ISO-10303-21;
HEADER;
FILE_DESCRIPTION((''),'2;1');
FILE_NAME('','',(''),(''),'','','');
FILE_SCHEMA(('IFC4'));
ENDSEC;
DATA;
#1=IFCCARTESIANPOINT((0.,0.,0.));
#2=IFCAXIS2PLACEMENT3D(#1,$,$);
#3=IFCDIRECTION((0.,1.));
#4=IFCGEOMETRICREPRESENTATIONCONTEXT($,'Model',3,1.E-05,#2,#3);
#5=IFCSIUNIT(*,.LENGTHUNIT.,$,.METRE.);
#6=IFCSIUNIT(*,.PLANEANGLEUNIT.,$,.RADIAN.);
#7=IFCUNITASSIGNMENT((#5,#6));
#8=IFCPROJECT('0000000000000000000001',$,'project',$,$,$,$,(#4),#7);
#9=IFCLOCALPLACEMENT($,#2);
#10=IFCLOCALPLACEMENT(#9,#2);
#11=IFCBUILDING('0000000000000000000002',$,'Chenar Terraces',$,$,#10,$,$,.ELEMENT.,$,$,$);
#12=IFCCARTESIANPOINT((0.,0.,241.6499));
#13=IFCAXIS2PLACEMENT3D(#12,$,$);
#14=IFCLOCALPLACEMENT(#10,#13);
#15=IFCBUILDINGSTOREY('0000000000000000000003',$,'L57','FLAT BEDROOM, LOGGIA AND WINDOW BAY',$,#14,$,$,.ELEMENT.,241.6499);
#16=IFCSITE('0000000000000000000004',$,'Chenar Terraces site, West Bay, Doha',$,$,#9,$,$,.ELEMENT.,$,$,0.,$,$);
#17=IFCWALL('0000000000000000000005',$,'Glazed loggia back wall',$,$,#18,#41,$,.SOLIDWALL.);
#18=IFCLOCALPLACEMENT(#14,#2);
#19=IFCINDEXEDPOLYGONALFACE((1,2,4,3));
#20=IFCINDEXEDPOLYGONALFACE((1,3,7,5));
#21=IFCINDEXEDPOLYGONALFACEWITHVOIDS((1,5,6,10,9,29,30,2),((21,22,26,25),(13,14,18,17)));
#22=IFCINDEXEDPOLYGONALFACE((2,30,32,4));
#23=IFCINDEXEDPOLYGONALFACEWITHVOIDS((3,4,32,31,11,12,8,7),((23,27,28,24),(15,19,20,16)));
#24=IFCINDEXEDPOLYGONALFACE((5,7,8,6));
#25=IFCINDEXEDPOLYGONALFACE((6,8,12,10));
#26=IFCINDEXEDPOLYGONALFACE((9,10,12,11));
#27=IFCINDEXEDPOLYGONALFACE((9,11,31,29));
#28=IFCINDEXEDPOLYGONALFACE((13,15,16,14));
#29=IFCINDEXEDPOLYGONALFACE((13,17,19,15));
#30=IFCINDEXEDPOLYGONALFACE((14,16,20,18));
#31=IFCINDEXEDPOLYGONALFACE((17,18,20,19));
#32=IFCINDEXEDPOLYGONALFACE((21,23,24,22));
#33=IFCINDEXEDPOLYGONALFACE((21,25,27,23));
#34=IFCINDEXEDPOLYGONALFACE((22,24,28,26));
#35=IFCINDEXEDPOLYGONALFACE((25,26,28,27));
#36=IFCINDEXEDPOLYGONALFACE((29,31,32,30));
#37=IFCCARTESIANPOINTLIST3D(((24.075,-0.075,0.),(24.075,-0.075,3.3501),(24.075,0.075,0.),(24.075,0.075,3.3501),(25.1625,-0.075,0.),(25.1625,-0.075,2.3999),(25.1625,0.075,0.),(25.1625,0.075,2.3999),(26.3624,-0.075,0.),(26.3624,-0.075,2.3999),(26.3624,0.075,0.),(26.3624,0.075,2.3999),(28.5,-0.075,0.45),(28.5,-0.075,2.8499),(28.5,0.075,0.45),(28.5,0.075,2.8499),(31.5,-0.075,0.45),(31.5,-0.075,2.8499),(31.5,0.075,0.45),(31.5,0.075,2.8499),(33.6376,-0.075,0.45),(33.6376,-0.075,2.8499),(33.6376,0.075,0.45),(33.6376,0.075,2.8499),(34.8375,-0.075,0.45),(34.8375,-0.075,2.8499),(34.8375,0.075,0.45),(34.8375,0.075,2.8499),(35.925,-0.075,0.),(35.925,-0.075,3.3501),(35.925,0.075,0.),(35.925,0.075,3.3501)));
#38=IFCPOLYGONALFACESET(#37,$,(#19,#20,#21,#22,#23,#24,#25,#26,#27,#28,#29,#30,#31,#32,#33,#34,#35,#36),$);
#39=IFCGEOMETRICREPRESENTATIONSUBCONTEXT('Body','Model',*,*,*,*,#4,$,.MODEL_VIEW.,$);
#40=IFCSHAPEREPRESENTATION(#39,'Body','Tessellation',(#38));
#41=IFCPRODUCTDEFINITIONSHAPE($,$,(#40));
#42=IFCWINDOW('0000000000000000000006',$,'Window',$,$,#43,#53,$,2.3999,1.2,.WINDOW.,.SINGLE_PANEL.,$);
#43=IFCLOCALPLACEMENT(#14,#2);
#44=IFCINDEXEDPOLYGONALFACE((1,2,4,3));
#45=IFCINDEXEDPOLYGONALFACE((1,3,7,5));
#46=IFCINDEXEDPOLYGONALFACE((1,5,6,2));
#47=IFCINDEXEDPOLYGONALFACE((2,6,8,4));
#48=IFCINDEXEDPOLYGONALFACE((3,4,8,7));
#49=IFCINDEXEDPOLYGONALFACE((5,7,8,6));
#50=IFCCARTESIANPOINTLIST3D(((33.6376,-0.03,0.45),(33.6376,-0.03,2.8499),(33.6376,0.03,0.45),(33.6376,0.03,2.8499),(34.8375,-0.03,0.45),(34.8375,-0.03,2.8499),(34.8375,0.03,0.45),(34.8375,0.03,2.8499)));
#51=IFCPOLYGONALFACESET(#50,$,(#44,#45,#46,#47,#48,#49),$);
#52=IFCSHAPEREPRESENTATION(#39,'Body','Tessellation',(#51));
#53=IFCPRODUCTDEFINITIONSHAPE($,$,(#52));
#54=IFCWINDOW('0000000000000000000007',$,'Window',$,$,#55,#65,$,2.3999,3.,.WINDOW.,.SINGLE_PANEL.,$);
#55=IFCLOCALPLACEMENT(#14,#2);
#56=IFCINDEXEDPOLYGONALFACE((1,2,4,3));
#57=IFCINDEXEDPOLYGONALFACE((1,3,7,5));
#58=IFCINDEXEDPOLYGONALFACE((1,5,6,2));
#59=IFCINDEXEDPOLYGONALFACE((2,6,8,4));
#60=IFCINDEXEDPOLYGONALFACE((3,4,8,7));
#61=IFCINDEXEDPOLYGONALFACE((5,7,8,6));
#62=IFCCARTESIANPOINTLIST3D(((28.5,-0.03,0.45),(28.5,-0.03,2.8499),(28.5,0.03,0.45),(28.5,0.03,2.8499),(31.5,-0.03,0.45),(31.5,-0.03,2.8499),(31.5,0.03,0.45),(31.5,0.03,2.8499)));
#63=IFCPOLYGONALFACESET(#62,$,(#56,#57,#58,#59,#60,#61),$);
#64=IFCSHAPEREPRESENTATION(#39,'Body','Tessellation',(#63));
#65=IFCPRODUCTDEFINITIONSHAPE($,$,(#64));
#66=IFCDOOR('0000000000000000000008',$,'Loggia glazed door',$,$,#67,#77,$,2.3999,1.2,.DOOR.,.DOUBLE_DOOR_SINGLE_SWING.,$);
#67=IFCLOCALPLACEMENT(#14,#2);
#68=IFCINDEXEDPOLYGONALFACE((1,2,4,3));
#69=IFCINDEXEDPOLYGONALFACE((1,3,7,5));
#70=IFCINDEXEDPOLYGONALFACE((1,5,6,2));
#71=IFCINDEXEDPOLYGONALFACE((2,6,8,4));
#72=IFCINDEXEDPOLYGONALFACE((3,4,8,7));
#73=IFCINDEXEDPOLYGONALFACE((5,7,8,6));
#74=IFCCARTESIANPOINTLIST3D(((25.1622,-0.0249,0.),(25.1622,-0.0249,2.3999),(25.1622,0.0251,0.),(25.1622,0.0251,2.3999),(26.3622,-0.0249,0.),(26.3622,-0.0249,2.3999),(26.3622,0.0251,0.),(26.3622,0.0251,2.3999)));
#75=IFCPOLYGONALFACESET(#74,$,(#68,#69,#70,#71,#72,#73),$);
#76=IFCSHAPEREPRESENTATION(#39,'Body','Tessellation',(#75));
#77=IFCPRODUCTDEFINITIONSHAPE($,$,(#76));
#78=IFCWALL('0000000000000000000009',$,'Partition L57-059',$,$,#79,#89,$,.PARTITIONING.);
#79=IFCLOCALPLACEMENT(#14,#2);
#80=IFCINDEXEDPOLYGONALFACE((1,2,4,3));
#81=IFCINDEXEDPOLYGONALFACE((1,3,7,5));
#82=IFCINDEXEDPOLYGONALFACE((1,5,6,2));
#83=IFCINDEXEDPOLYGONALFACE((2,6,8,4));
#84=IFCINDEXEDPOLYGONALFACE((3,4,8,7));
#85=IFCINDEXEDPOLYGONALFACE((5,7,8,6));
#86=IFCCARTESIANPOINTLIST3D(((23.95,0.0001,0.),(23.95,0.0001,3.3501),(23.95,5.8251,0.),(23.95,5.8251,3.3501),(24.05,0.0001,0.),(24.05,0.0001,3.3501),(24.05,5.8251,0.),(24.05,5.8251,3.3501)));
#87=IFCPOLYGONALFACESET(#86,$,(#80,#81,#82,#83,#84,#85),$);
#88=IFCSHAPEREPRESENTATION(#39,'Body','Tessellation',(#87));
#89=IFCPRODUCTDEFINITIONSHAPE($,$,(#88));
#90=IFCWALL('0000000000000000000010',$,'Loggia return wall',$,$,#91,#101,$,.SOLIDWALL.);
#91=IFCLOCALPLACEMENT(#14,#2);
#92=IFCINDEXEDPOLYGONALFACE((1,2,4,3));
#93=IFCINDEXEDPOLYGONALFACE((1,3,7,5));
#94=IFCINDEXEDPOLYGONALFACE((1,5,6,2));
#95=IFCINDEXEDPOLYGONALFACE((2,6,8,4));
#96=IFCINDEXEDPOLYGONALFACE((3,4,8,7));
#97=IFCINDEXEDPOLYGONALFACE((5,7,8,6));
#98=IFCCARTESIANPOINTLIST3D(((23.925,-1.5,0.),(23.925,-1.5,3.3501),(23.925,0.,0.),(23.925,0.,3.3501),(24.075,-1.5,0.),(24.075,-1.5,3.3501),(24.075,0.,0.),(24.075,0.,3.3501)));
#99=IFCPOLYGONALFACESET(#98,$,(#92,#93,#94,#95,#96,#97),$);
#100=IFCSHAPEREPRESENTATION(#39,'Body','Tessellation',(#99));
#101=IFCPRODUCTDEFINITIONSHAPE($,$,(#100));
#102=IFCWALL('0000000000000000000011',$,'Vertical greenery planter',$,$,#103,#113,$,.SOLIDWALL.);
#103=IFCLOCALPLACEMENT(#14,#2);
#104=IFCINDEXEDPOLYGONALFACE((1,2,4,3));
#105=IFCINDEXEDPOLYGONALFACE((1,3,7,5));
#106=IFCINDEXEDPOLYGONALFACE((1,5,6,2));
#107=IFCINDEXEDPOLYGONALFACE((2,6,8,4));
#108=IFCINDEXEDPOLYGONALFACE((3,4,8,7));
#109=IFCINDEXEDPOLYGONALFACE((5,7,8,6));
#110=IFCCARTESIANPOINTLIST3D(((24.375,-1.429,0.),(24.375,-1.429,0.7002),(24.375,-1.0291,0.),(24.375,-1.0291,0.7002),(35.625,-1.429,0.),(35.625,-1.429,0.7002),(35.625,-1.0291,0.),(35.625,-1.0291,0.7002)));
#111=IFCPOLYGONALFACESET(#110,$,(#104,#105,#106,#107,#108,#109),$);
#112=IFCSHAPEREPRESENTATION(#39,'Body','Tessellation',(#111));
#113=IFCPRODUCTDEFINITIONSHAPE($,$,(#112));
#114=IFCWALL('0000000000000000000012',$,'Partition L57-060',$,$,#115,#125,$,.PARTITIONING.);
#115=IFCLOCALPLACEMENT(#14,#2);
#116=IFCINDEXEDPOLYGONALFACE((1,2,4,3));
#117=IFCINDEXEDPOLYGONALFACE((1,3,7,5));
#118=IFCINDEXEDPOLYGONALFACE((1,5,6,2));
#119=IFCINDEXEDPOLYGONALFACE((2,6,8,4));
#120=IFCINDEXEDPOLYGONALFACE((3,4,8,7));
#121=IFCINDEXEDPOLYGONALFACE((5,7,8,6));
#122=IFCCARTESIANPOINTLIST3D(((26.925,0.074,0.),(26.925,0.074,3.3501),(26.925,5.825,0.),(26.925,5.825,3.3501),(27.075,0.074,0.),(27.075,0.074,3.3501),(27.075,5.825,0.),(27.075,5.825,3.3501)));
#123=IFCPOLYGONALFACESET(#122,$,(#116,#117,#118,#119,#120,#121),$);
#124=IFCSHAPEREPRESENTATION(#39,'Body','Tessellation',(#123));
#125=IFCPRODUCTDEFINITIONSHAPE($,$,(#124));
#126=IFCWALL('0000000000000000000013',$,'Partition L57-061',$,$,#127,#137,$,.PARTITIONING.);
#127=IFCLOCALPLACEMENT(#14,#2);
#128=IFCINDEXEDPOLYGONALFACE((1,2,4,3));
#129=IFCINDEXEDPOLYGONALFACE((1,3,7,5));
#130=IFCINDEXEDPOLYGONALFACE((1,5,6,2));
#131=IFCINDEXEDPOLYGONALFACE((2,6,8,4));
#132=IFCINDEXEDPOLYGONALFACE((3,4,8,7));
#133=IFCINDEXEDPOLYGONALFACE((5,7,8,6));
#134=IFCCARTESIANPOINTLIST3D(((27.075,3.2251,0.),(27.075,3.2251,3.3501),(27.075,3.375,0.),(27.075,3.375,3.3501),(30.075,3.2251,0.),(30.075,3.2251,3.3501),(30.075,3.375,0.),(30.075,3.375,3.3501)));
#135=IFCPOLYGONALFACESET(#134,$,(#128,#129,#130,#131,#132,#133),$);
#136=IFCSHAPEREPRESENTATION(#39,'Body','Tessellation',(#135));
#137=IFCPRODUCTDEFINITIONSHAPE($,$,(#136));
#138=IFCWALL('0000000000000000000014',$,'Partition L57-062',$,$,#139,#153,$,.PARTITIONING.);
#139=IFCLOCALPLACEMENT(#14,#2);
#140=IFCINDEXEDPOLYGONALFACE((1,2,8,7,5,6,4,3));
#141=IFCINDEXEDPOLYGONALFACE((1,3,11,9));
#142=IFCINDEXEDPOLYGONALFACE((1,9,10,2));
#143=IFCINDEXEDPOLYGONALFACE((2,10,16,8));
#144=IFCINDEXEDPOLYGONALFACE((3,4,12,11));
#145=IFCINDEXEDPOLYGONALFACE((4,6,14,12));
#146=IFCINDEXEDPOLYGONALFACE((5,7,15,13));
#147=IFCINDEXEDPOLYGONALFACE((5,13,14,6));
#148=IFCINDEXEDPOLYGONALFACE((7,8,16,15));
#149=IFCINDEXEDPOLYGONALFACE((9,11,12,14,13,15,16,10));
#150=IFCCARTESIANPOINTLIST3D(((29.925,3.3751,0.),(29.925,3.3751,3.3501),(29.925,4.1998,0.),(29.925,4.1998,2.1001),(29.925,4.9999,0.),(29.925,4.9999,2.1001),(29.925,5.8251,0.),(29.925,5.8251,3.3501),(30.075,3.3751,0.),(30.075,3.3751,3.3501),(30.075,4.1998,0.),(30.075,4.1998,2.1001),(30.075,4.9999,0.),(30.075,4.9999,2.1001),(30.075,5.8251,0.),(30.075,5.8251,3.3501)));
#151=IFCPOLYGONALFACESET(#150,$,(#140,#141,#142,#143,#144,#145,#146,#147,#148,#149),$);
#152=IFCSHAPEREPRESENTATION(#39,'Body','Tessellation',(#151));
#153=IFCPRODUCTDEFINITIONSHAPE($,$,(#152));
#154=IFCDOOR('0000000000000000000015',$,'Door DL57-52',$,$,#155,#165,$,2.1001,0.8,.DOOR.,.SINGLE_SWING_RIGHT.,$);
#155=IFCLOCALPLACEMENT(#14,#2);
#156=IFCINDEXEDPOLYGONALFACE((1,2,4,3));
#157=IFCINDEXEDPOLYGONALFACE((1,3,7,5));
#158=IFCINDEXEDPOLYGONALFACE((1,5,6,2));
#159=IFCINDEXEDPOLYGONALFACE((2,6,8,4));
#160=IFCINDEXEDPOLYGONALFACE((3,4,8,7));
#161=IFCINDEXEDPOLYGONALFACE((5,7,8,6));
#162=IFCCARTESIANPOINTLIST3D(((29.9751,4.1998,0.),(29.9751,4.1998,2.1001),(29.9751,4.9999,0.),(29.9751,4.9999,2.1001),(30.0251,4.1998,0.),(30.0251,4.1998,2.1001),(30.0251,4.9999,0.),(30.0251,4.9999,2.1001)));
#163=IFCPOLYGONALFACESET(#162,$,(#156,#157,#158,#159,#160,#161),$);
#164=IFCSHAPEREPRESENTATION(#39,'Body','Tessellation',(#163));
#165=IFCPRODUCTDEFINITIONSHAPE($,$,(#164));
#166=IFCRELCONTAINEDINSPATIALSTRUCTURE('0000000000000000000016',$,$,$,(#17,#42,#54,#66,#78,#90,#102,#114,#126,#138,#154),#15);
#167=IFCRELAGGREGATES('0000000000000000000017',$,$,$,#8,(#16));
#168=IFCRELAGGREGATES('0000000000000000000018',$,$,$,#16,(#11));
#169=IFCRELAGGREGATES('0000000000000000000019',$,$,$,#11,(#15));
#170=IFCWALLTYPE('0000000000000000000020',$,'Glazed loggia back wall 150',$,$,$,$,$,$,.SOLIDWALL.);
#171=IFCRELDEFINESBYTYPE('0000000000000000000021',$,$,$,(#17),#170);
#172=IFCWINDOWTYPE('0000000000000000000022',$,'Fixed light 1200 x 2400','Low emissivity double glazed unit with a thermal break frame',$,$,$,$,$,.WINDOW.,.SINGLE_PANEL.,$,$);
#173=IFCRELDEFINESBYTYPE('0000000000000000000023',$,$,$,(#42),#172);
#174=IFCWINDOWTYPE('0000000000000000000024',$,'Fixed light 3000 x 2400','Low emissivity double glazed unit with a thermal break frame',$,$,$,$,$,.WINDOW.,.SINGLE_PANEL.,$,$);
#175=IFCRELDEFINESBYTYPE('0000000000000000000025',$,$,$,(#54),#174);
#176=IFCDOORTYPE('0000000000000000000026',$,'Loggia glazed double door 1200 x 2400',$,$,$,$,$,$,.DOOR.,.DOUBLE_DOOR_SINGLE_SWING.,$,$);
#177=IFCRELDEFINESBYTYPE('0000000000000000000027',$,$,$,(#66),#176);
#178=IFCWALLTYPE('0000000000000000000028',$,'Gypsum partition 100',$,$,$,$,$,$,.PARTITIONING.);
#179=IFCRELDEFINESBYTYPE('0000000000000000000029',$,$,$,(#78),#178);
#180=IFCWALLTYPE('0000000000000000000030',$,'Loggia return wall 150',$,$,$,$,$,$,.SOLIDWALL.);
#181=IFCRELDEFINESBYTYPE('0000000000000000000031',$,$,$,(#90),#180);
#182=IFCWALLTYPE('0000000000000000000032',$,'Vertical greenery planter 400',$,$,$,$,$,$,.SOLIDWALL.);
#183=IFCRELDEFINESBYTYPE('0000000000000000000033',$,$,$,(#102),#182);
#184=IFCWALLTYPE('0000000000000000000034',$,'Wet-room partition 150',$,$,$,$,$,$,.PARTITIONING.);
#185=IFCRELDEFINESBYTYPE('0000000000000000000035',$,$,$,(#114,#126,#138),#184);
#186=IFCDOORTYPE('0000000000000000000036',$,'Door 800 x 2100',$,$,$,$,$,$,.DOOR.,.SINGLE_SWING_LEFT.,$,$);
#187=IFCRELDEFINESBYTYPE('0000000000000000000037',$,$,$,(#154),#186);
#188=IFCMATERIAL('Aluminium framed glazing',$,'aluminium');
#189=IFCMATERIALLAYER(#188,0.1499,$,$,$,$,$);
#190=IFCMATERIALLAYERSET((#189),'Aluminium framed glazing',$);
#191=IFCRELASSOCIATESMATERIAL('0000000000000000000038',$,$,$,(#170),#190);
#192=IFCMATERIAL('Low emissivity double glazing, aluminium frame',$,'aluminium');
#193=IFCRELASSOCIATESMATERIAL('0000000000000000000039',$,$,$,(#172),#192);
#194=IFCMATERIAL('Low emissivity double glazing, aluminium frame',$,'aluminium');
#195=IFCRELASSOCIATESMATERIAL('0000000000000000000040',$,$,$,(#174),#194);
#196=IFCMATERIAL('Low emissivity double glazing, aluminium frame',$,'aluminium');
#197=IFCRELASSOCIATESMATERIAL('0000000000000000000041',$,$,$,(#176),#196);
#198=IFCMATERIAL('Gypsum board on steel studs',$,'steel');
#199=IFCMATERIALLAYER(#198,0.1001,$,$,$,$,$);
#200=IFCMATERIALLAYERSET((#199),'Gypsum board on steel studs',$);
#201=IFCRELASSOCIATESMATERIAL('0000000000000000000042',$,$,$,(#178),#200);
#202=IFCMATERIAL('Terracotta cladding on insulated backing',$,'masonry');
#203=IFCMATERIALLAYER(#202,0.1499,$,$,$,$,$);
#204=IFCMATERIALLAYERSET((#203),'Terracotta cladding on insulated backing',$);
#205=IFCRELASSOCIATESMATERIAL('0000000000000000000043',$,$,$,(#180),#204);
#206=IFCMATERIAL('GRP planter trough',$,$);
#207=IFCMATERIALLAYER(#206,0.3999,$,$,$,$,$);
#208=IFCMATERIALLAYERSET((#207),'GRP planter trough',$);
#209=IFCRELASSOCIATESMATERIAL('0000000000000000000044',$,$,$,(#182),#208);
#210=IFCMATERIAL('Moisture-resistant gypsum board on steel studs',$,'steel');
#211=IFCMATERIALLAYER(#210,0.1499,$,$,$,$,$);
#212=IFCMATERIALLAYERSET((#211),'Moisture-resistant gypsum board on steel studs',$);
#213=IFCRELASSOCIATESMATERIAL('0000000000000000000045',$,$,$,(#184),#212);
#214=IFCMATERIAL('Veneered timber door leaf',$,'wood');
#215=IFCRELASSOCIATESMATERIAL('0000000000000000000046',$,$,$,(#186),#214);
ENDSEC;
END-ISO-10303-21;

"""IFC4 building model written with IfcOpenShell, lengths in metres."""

from ifc_helpers import new_model, si_unit, direction, frame, frame_2d, origin, place, context, subcontext, project, spatial, rectangle, extrude, material, layer, layer_set, type_object, element, fill, save


model = new_model("IFC4")

# Units and contexts
model_context = context("Model", 3, precision=1e-05, world=origin(), true_north=direction((0.0, 1.0)))
body_context = subcontext(model_context, "Body", "Model", "MODEL_VIEW")
ifc_project = project(units=[si_unit("LENGTHUNIT", "METRE"), si_unit("PLANEANGLEUNIT", "RADIAN")], contexts=[model_context])

# Site, building, storey
site_placement = place(None, origin())
site = spatial("IfcSite", under=ifc_project, at=site_placement, Name="Chenar Terraces site, West Bay, Doha", CompositionType="ELEMENT", RefElevation=0.0)
building_placement = place(site_placement, origin())
building = spatial("IfcBuilding", under=site, at=building_placement, Name="Chenar Terraces", CompositionType="ELEMENT")
storey_placement = place(building_placement, frame((0.0, 0.0, 241.6499)))
storey = spatial("IfcBuildingStorey", under=building, at=storey_placement, Name="L57", Description="FLAT BEDROOM, LOGGIA AND WINDOW BAY", CompositionType="ELEMENT", Elevation=241.6499)

# Wall, openings, windows, door
ifc_material_1 = material(Name="Aluminium framed glazing", Category="aluminium")
ifc_layer_1 = layer(ifc_material_1, 0.1499)
ifc_layer_set_1 = layer_set([ifc_layer_1], Name="Aluminium framed glazing")
wall_type_1 = type_object("IfcWallType", Name="Glazed loggia back wall 150", PredefinedType="SOLIDWALL", material=ifc_layer_set_1)
wall_1_placement = place(storey_placement, frame((24.075, 0.0, 0.0), z_axis=(0.0, 0.0, 1.0), x_axis=(1.0, 0.0, 0.0)))
wall_1 = element("IfcWall", 1, at=wall_1_placement, inside=storey, type_object=wall_type_1, Name="Glazed loggia back wall", PredefinedType="SOLIDWALL", context=body_context, shape_type="SweptSolid", body=[
    extrude(rectangle(XDim=11.8501, YDim=0.1499, at=frame_2d((5.925, 0.0))), origin(), (0.0, 0.0, 1.0), 3.3501),
])
opening_1_placement = place(wall_1_placement, frame((1.0874, 0.0, 0.0)))
opening_1 = element("IfcOpeningElement", 2, at=opening_1_placement, cuts=wall_1, PredefinedType="OPENING", context=body_context, shape_type="SweptSolid", body=[
    extrude(rectangle(XDim=1.2, YDim=2.3999, at=frame_2d((0.6001, 1.2))), frame((0.0, 0.085, 0.0), z_axis=(0.0, -1.0, 0.0), x_axis=(1.0, 0.0, 0.0)), (0.0, 0.0, 1.0), 0.1699),
])
opening_2_placement = place(wall_1_placement, frame((4.425, 0.0, 0.45)))
opening_2 = element("IfcOpeningElement", 3, at=opening_2_placement, cuts=wall_1, PredefinedType="OPENING", context=body_context, shape_type="SweptSolid", body=[
    extrude(rectangle(XDim=3.0, YDim=2.3999, at=frame_2d((1.5, 1.2))), frame((0.0, 0.085, 0.0), z_axis=(0.0, -1.0, 0.0), x_axis=(1.0, 0.0, 0.0)), (0.0, 0.0, 1.0), 0.1699),
])
opening_3_placement = place(wall_1_placement, frame((9.5625, 0.0, 0.45)))
opening_3 = element("IfcOpeningElement", 4, at=opening_3_placement, cuts=wall_1, PredefinedType="OPENING", context=body_context, shape_type="SweptSolid", body=[
    extrude(rectangle(XDim=1.2, YDim=2.3999, at=frame_2d((0.6001, 1.2))), frame((0.0, 0.085, 0.0), z_axis=(0.0, -1.0, 0.0), x_axis=(1.0, 0.0, 0.0)), (0.0, 0.0, 1.0), 0.1699),
])
ifc_material_2 = material(Name="Low emissivity double glazing, aluminium frame", Category="aluminium")
window_type_1 = type_object("IfcWindowType", Name="Fixed light 1200 x 2400", Description="Low emissivity double glazed unit with a thermal break frame", PartitioningType="SINGLE_PANEL", PredefinedType="WINDOW", material=ifc_material_2)
window_1_placement = place(opening_3_placement, origin())
window_1 = element("IfcWindow", 5, at=window_1_placement, inside=storey, type_object=window_type_1, Name="Window", OverallHeight=2.3999, OverallWidth=1.2, PartitioningType="SINGLE_PANEL", PredefinedType="WINDOW", context=body_context, shape_type="SweptSolid", body=[
    extrude(rectangle(XDim=1.2, YDim=2.3999, at=frame_2d((0.6001, 1.2))), frame((0.0, 0.03, 0.0), z_axis=(0.0, -1.0, 0.0), x_axis=(1.0, 0.0, 0.0)), (0.0, 0.0, 1.0), 0.0601),
])
fill(opening_3, window_1)
ifc_material_3 = material(Name="Low emissivity double glazing, aluminium frame", Category="aluminium")
window_type_2 = type_object("IfcWindowType", Name="Fixed light 3000 x 2400", Description="Low emissivity double glazed unit with a thermal break frame", PartitioningType="SINGLE_PANEL", PredefinedType="WINDOW", material=ifc_material_3)
window_2_placement = place(opening_2_placement, origin())
window_2 = element("IfcWindow", 6, at=window_2_placement, inside=storey, type_object=window_type_2, Name="Window", OverallHeight=2.3999, OverallWidth=3.0, PartitioningType="SINGLE_PANEL", PredefinedType="WINDOW", context=body_context, shape_type="SweptSolid", body=[
    extrude(rectangle(XDim=3.0, YDim=2.3999, at=frame_2d((1.5, 1.2))), frame((0.0, 0.03, 0.0), z_axis=(0.0, -1.0, 0.0), x_axis=(1.0, 0.0, 0.0)), (0.0, 0.0, 1.0), 0.0601),
])
fill(opening_2, window_2)
ifc_material_4 = material(Name="Low emissivity double glazing, aluminium frame", Category="aluminium")
door_type_1 = type_object("IfcDoorType", Name="Loggia glazed double door 1200 x 2400", OperationType="DOUBLE_DOOR_SINGLE_SWING", PredefinedType="DOOR", material=ifc_material_4)
door_1_placement = place(opening_1_placement, frame((1.2, 0.0, 0.0), z_axis=(0.0, 0.0, 1.0), x_axis=(-1.0, 0.0, 0.0)))
door_1 = element("IfcDoor", 7, at=door_1_placement, inside=storey, type_object=door_type_1, Name="Loggia glazed door", OperationType="DOUBLE_DOOR_SINGLE_SWING", OverallHeight=2.3999, OverallWidth=1.2, PredefinedType="DOOR", context=body_context, shape_type="SweptSolid", body=[
    extrude(rectangle(XDim=1.2, YDim=2.3999, at=frame_2d((0.6001, 1.2))), frame((0.0, 0.0249, 0.0), z_axis=(0.0, -1.0, 0.0), x_axis=(1.0, 0.0, 0.0)), (0.0, 0.0, 1.0), 0.05),
])
fill(opening_1, door_1)

# Walls
ifc_material_5 = material(Name="Gypsum board on steel studs", Category="steel")
ifc_layer_2 = layer(ifc_material_5, 0.1001)
ifc_layer_set_2 = layer_set([ifc_layer_2], Name="Gypsum board on steel studs")
wall_type_2 = type_object("IfcWallType", Name="Gypsum partition 100", PredefinedType="PARTITIONING", material=ifc_layer_set_2)
wall_2_placement = place(storey_placement, frame((24.0, 0.0, 0.0), z_axis=(0.0, 0.0, 1.0), x_axis=(0.0, 1.0, 0.0)))
element("IfcWall", 8, at=wall_2_placement, inside=storey, type_object=wall_type_2, Name="Partition L57-059", PredefinedType="PARTITIONING", context=body_context, shape_type="SweptSolid", body=[
    extrude(rectangle(XDim=5.825, YDim=0.1001, at=frame_2d((2.9126, 0.0))), origin(), (0.0, 0.0, 1.0), 3.3501),
])
ifc_material_6 = material(Name="Terracotta cladding on insulated backing", Category="masonry")
ifc_layer_3 = layer(ifc_material_6, 0.1499)
ifc_layer_set_3 = layer_set([ifc_layer_3], Name="Terracotta cladding on insulated backing")
wall_type_3 = type_object("IfcWallType", Name="Loggia return wall 150", PredefinedType="SOLIDWALL", material=ifc_layer_set_3)
wall_3_placement = place(storey_placement, frame((24.0, -1.5, 0.0), z_axis=(0.0, 0.0, 1.0), x_axis=(0.0, 1.0, 0.0)))
element("IfcWall", 9, at=wall_3_placement, inside=storey, type_object=wall_type_3, Name="Loggia return wall", PredefinedType="SOLIDWALL", context=body_context, shape_type="SweptSolid", body=[
    extrude(rectangle(XDim=1.5, YDim=0.1499, at=frame_2d((0.75, 0.0))), origin(), (0.0, 0.0, 1.0), 3.3501),
])
ifc_material_7 = material(Name="GRP planter trough")
ifc_layer_4 = layer(ifc_material_7, 0.3999)
ifc_layer_set_4 = layer_set([ifc_layer_4], Name="GRP planter trough")
wall_type_4 = type_object("IfcWallType", Name="Vertical greenery planter 400", PredefinedType="SOLIDWALL", material=ifc_layer_set_4)
wall_4_placement = place(storey_placement, frame((24.375, -1.229, 0.0), z_axis=(0.0, 0.0, 1.0), x_axis=(1.0, 0.0, 0.0)))
element("IfcWall", 10, at=wall_4_placement, inside=storey, type_object=wall_type_4, Name="Vertical greenery planter", PredefinedType="SOLIDWALL", context=body_context, shape_type="SweptSolid", body=[
    extrude(rectangle(XDim=11.25, YDim=0.3999, at=frame_2d((5.625, 0.0))), origin(), (0.0, 0.0, 1.0), 0.7002),
])
ifc_material_8 = material(Name="Moisture-resistant gypsum board on steel studs", Category="steel")
ifc_layer_5 = layer(ifc_material_8, 0.1499)
ifc_layer_set_5 = layer_set([ifc_layer_5], Name="Moisture-resistant gypsum board on steel studs")
wall_type_5 = type_object("IfcWallType", Name="Wet-room partition 150", PredefinedType="PARTITIONING", material=ifc_layer_set_5)
wall_5_placement = place(storey_placement, frame((27.0, 0.074, 0.0), z_axis=(0.0, 0.0, 1.0), x_axis=(0.0, 1.0, 0.0)))
element("IfcWall", 11, at=wall_5_placement, inside=storey, type_object=wall_type_5, Name="Partition L57-060", PredefinedType="PARTITIONING", context=body_context, shape_type="SweptSolid", body=[
    extrude(rectangle(XDim=5.751, YDim=0.1499, at=frame_2d((2.8755, 0.0))), origin(), (0.0, 0.0, 1.0), 3.3501),
])
wall_6_placement = place(storey_placement, frame((27.075, 3.3, 0.0), z_axis=(0.0, 0.0, 1.0), x_axis=(1.0, 0.0, 0.0)))
element("IfcWall", 12, at=wall_6_placement, inside=storey, type_object=wall_type_5, Name="Partition L57-061", PredefinedType="PARTITIONING", context=body_context, shape_type="SweptSolid", body=[
    extrude(rectangle(XDim=3.0, YDim=0.1499, at=frame_2d((1.5, 0.0))), origin(), (0.0, 0.0, 1.0), 3.3501),
])

# Wall, opening, door
wall_7_placement = place(storey_placement, frame((30.0, 3.375, 0.0), z_axis=(0.0, 0.0, 1.0), x_axis=(0.0, 1.0, 0.0)))
wall_7 = element("IfcWall", 13, at=wall_7_placement, inside=storey, type_object=wall_type_5, Name="Partition L57-062", PredefinedType="PARTITIONING", context=body_context, shape_type="SweptSolid", body=[
    extrude(rectangle(XDim=2.45, YDim=0.1499, at=frame_2d((1.2251, 0.0))), origin(), (0.0, 0.0, 1.0), 3.3501),
])
opening_4_placement = place(wall_7_placement, frame((0.825, 0.0, 0.0)))
opening_4 = element("IfcOpeningElement", 14, at=opening_4_placement, cuts=wall_7, PredefinedType="OPENING", context=body_context, shape_type="SweptSolid", body=[
    extrude(rectangle(XDim=0.8, YDim=2.1001, at=frame_2d((0.3999, 1.05))), frame((0.0, 0.085, 0.0), z_axis=(0.0, -1.0, 0.0), x_axis=(1.0, 0.0, 0.0)), (0.0, 0.0, 1.0), 0.1699),
])
ifc_material_9 = material(Name="Veneered timber door leaf", Category="wood")
door_type_2 = type_object("IfcDoorType", Name="Door 800 x 2100", OperationType="SINGLE_SWING_LEFT", PredefinedType="DOOR", material=ifc_material_9)
door_2_placement = place(opening_4_placement, origin())
door_2 = element("IfcDoor", 15, at=door_2_placement, inside=storey, type_object=door_type_2, Name="Door DL57-52", OperationType="SINGLE_SWING_RIGHT", OverallHeight=2.1001, OverallWidth=0.8, PredefinedType="DOOR", context=body_context, shape_type="SweptSolid", body=[
    extrude(rectangle(XDim=0.8, YDim=2.1001, at=frame_2d((0.3999, 1.05))), frame((0.0, 0.0249, 0.0), z_axis=(0.0, -1.0, 0.0), x_axis=(1.0, 0.0, 0.0)), (0.0, 0.0, 1.0), 0.05),
])
fill(opening_4, door_2)

save(model, "model.ifc")
